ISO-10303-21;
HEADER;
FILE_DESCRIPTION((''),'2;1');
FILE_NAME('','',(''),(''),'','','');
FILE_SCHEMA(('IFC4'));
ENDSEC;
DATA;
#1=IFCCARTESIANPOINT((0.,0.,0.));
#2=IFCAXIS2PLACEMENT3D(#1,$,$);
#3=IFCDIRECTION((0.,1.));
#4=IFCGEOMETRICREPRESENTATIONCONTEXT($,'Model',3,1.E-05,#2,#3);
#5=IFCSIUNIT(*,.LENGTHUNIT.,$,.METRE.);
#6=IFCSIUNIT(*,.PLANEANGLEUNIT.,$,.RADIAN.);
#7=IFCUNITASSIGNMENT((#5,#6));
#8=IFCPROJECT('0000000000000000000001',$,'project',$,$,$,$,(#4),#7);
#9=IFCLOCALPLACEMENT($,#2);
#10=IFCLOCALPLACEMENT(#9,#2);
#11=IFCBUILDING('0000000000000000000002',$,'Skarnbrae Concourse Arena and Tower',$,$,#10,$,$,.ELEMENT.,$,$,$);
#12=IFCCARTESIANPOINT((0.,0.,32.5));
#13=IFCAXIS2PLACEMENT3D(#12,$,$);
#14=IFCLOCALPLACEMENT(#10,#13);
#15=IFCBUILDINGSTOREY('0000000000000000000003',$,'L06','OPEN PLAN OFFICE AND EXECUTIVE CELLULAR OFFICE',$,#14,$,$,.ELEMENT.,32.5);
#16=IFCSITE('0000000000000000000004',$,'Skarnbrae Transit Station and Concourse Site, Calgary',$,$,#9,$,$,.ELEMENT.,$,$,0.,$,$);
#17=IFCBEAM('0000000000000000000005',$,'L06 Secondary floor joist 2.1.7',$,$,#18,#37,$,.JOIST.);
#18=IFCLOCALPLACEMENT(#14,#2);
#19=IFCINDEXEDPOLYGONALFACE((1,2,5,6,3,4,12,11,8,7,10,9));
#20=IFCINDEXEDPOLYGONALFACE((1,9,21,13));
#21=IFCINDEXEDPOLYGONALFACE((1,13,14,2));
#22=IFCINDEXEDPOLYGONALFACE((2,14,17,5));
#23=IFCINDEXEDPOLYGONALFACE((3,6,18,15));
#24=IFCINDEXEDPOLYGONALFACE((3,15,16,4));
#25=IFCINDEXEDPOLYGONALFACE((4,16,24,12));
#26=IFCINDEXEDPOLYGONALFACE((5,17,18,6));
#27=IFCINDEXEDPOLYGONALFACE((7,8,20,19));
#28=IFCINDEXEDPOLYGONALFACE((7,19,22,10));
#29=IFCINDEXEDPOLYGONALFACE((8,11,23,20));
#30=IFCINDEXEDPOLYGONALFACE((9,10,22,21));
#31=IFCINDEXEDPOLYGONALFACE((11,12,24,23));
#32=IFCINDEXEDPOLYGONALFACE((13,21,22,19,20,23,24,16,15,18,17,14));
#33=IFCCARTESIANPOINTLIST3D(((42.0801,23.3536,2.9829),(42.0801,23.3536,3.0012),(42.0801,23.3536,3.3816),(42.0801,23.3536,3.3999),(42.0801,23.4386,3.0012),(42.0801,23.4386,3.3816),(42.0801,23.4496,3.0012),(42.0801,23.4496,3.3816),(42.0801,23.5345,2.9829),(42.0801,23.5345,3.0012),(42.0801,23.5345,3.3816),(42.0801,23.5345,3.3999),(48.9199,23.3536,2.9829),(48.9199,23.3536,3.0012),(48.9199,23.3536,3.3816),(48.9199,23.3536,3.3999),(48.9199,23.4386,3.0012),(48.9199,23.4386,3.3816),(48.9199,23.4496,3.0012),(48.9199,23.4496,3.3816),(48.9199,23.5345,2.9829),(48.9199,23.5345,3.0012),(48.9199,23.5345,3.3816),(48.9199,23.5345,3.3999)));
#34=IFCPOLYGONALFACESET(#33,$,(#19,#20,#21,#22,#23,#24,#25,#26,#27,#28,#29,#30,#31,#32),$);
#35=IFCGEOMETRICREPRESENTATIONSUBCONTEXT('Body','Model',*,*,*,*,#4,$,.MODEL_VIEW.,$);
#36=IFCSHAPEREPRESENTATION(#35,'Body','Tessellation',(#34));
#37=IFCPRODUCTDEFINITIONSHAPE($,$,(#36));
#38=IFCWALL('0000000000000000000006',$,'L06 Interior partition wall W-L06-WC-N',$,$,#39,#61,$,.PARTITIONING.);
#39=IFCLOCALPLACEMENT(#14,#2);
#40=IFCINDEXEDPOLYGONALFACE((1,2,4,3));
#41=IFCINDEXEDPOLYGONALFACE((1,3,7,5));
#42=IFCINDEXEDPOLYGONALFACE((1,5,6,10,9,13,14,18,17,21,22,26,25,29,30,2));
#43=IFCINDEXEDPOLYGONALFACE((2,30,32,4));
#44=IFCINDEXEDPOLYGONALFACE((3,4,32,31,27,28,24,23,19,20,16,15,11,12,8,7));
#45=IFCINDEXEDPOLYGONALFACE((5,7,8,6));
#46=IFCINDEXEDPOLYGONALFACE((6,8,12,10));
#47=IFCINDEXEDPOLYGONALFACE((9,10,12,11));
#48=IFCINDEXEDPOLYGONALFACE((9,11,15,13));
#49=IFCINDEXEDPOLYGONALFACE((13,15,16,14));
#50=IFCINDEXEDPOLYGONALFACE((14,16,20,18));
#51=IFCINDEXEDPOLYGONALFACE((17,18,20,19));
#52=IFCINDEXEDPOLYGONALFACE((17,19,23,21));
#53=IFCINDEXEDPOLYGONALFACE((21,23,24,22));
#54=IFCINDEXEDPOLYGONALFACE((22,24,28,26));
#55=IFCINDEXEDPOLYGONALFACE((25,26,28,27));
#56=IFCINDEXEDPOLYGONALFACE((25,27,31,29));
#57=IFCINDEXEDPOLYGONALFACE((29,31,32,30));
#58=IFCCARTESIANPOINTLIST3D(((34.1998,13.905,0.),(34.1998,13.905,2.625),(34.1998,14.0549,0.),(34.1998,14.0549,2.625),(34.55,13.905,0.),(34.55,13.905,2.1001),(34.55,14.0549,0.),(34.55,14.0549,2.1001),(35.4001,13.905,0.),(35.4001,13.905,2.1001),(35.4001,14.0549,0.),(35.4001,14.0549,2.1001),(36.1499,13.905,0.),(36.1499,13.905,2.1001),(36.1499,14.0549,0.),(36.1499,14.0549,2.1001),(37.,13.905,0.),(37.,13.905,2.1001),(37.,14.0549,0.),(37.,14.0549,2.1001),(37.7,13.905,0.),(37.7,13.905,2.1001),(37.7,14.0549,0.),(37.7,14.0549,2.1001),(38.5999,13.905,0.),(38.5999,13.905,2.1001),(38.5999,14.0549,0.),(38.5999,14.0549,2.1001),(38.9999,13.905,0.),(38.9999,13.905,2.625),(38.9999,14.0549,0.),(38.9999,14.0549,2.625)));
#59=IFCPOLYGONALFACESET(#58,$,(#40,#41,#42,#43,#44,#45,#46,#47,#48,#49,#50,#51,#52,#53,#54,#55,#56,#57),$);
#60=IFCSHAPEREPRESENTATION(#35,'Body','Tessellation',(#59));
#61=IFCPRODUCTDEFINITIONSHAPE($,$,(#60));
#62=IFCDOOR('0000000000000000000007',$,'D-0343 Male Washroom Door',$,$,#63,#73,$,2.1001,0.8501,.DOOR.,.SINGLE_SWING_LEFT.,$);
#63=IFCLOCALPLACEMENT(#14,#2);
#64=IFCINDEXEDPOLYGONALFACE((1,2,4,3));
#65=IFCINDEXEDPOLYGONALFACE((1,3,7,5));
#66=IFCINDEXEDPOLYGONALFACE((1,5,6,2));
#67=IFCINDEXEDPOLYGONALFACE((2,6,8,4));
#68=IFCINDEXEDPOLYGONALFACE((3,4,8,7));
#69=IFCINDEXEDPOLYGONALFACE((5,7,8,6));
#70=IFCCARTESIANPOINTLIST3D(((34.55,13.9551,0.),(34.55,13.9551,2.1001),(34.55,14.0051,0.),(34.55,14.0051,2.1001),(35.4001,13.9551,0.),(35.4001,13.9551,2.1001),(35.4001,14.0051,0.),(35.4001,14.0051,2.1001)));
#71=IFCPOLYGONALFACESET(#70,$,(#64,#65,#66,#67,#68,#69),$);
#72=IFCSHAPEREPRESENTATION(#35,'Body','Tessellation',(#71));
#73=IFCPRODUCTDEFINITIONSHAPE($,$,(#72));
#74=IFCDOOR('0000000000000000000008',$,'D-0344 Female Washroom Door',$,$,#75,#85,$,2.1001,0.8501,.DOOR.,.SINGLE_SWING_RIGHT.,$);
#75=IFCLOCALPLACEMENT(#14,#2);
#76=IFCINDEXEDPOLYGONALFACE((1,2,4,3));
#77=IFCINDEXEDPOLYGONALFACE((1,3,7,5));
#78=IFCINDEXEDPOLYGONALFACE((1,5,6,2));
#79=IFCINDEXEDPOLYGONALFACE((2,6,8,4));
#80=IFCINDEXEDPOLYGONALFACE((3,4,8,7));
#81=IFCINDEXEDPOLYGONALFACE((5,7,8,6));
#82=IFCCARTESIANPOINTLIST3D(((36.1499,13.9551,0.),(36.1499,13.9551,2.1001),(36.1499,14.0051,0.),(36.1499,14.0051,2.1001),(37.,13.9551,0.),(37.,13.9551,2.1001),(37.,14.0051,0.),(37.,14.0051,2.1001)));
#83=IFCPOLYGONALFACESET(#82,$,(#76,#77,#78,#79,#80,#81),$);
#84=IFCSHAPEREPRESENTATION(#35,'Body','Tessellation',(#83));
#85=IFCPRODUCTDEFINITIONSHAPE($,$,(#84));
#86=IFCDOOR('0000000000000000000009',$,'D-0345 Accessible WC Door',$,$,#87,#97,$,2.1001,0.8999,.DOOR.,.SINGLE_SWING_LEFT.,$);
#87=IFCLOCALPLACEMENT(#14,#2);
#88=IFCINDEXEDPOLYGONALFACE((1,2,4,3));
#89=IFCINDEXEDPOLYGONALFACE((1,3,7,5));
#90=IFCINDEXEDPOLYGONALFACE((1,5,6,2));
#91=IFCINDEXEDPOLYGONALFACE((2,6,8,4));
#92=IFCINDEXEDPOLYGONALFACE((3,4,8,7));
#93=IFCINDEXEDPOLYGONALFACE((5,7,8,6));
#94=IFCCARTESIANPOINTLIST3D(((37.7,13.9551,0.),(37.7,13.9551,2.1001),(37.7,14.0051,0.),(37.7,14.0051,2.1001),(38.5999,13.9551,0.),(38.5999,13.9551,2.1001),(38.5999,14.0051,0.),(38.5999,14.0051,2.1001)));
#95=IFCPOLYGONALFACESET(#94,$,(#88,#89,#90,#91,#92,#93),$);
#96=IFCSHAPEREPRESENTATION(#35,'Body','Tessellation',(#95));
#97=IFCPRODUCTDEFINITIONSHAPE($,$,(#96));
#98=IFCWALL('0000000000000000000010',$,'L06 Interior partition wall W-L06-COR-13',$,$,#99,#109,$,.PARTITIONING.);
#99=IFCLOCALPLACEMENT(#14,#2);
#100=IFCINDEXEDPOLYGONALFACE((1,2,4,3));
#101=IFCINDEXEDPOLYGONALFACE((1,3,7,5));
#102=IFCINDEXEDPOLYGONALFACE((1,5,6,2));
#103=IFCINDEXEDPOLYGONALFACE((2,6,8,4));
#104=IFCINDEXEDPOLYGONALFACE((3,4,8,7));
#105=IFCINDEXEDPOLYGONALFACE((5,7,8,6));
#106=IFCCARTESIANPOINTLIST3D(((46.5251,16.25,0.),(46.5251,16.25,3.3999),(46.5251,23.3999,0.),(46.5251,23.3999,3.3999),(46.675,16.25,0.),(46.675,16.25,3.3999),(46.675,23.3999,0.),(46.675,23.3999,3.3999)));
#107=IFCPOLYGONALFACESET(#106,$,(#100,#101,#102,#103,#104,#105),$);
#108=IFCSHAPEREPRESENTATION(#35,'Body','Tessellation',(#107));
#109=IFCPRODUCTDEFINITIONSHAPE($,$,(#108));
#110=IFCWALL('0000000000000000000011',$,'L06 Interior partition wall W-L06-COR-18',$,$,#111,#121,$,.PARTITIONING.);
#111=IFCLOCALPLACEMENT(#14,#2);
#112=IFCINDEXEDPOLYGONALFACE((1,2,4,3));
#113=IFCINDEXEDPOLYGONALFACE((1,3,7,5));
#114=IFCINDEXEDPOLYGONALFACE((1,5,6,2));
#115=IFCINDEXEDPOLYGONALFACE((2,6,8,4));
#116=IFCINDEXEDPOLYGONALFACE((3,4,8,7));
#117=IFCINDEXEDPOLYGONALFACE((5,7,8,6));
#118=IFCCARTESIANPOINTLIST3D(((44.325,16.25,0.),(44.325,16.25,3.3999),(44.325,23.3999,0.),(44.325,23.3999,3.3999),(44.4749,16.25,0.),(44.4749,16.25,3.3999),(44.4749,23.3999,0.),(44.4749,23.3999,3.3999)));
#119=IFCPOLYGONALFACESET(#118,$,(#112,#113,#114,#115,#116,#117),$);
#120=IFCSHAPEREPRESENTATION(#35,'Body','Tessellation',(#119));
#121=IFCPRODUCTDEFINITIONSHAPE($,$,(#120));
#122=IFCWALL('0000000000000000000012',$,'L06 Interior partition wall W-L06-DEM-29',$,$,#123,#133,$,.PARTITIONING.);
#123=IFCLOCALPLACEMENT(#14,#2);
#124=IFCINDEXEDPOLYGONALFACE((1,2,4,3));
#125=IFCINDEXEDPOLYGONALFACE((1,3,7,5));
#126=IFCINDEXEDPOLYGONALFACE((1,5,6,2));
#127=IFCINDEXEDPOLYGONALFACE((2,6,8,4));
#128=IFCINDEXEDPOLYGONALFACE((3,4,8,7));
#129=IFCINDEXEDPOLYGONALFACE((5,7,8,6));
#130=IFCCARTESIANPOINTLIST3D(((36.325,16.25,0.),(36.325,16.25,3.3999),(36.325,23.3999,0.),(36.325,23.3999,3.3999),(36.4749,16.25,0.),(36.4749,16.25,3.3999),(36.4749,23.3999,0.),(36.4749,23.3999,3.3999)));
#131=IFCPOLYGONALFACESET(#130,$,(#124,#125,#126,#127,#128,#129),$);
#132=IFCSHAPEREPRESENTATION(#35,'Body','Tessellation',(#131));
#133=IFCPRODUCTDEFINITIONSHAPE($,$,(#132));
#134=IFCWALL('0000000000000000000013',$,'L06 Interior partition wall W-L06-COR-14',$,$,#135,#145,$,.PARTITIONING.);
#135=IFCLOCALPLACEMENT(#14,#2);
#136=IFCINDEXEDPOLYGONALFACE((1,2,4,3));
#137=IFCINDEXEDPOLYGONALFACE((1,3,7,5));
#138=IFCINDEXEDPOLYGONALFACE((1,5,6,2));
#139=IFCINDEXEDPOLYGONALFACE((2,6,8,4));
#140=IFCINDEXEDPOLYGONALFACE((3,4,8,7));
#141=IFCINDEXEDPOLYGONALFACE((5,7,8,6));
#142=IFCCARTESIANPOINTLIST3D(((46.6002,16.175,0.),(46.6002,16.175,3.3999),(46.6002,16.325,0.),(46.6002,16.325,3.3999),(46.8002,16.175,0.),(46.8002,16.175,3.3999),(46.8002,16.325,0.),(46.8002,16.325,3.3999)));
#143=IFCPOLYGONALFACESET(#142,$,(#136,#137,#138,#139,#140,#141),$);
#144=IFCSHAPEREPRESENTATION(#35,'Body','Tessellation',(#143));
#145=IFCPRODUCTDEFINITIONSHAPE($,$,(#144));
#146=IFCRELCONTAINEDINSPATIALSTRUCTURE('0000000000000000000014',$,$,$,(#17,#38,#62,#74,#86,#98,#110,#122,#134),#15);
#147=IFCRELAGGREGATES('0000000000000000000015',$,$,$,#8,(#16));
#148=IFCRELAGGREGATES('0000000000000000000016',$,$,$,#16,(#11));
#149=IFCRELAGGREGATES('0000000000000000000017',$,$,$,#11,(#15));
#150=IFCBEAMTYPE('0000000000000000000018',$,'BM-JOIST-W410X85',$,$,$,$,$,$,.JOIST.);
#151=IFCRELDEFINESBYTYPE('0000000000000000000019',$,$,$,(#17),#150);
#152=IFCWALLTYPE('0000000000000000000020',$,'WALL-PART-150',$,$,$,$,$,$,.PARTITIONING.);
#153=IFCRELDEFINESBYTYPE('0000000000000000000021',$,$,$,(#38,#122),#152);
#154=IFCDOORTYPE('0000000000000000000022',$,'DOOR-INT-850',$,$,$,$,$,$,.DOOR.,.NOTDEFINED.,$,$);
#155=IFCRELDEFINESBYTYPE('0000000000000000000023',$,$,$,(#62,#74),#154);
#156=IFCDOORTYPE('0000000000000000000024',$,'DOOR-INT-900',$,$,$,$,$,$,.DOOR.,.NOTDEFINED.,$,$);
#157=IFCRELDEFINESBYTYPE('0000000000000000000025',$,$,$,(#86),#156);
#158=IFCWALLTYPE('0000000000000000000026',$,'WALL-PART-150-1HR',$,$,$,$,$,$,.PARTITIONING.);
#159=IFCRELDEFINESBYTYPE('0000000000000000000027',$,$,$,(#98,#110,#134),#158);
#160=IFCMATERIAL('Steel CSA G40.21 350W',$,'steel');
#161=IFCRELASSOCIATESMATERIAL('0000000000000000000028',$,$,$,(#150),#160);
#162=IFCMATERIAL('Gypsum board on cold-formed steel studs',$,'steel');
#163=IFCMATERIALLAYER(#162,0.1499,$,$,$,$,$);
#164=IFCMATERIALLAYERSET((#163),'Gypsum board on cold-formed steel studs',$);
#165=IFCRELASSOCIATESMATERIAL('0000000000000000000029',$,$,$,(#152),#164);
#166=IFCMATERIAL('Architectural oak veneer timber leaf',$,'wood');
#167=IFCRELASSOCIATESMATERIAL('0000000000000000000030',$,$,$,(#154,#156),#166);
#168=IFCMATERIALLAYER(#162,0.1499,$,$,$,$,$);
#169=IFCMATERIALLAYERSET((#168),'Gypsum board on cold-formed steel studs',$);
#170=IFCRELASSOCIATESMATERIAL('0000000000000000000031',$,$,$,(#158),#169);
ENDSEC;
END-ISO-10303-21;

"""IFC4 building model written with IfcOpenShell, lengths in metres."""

from ifc_helpers import new_model, si_unit, direction, frame, frame_2d, origin, origin_2d, place, context, subcontext, project, spatial, rectangle, i_section, extrude, source, transform, mapped, material, layer, layer_set, material_profile, profile_set, type_object, element, fill, save


model = new_model("IFC4")

# Units and contexts
model_context = context("Model", 3, precision=1e-05, world=origin(), true_north=direction((0.0, 1.0)))
body_context = subcontext(model_context, "Body", "Model", "MODEL_VIEW")
ifc_project = project(units=[si_unit("LENGTHUNIT", "METRE"), si_unit("PLANEANGLEUNIT", "RADIAN")], contexts=[model_context])

# Site, building, storey
site_placement = place(None, origin())
site = spatial("IfcSite", under=ifc_project, at=site_placement, Name="Skarnbrae Transit Station and Concourse Site, Calgary", CompositionType="ELEMENT", RefElevation=0.0)
building_placement = place(site_placement, origin())
building = spatial("IfcBuilding", under=site, at=building_placement, Name="Skarnbrae Concourse Arena and Tower", CompositionType="ELEMENT")
storey_placement = place(building_placement, frame((0.0, 0.0, 32.5)))
storey = spatial("IfcBuildingStorey", under=building, at=storey_placement, Name="L06", Description="OPEN PLAN OFFICE AND EXECUTIVE CELLULAR OFFICE", CompositionType="ELEMENT", Elevation=32.5)

# Shared definitions
ifc_material_1 = material(Name="Steel CSA G40.21 350W", Category="steel")

# Beam
ifc_material_profile_1 = material_profile(ifc_material_1, i_section(OverallWidth=0.1809, OverallDepth=0.417, WebThickness=0.011, FlangeThickness=0.0183, at=origin_2d()), Name="W410X85")
ifc_profile_set_1 = profile_set([ifc_material_profile_1], Name="Steel CSA G40.21 350W")
beam_type_1 = type_object("IfcBeamType", Name="BM-JOIST-W410X85", PredefinedType="JOIST", material=ifc_profile_set_1)
shared_shape_1 = source(origin(), body_context, "Body", "SweptSolid", [
    extrude(i_section(OverallWidth=0.1809, OverallDepth=0.417, WebThickness=0.011, FlangeThickness=0.0183, at=origin_2d()), origin(), (0.0, 0.0, 1.0), 6.8398),
])
for number, where, z_axis, x_axis, name in (
    (1, (42.0801, 23.4441, 3.1914), (1.0, 0.0, 0.0), (0.0, 1.0, 0.0), "L06 Secondary floor joist 2.1.7"),
):
    element("IfcBeam", number, at=place(storey_placement, frame(where, z_axis=z_axis, x_axis=x_axis)), inside=storey, type_object=beam_type_1, Name=name, PredefinedType="JOIST", context=body_context, shape_type="MappedRepresentation", body=[
        mapped(shared_shape_1, transform((0.0, 0.0, 0.0))),
    ])

# Wall, openings, doors
ifc_material_2 = material(Name="Gypsum board on cold-formed steel studs", Category="steel")
ifc_layer_1 = layer(ifc_material_2, 0.1499)
ifc_layer_set_1 = layer_set([ifc_layer_1], Name="Gypsum board on cold-formed steel studs")
wall_type_1 = type_object("IfcWallType", Name="WALL-PART-150", PredefinedType="PARTITIONING", material=ifc_layer_set_1)
shared_shape_2 = source(origin(), body_context, "Body", "SweptSolid", [
    extrude(rectangle(XDim=4.8, YDim=0.1499, at=frame_2d((2.3999, 0.0))), origin(), (0.0, 0.0, 1.0), 2.625),
])
wall_1_placement = place(storey_placement, frame((34.2, 13.98, 0.0), z_axis=(0.0, 0.0, 1.0), x_axis=(1.0, 0.0, 0.0)))
wall_1 = element("IfcWall", 2, at=wall_1_placement, inside=storey, type_object=wall_type_1, Name="L06 Interior partition wall W-L06-WC-N", PredefinedType="PARTITIONING", context=body_context, shape_type="MappedRepresentation", body=[
    mapped(shared_shape_2, transform((0.0, 0.0, 0.0))),
])
opening_1_placement = place(wall_1_placement, frame((0.3501, 0.0, 0.0)))
opening_1 = element("IfcOpeningElement", 3, at=opening_1_placement, cuts=wall_1, PredefinedType="OPENING", context=body_context, shape_type="SweptSolid", body=[
    extrude(rectangle(XDim=0.8501, YDim=2.1001, at=frame_2d((0.425, 1.05))), frame((0.0, 0.085, 0.0), z_axis=(0.0, -1.0, 0.0), x_axis=(1.0, 0.0, 0.0)), (0.0, 0.0, 1.0), 0.1699),
])
opening_2_placement = place(wall_1_placement, frame((1.95, 0.0, 0.0)))
opening_2 = element("IfcOpeningElement", 4, at=opening_2_placement, cuts=wall_1, PredefinedType="OPENING", context=body_context, shape_type="SweptSolid", body=[
    extrude(rectangle(XDim=0.8501, YDim=2.1001, at=frame_2d((0.425, 1.05))), frame((0.0, 0.085, 0.0), z_axis=(0.0, -1.0, 0.0), x_axis=(1.0, 0.0, 0.0)), (0.0, 0.0, 1.0), 0.1699),
])
opening_3_placement = place(wall_1_placement, frame((3.5, 0.0, 0.0)))
opening_3 = element("IfcOpeningElement", 5, at=opening_3_placement, cuts=wall_1, PredefinedType="OPENING", context=body_context, shape_type="SweptSolid", body=[
    extrude(rectangle(XDim=0.8999, YDim=2.1001, at=frame_2d((0.45, 1.05))), frame((0.0, 0.085, 0.0), z_axis=(0.0, -1.0, 0.0), x_axis=(1.0, 0.0, 0.0)), (0.0, 0.0, 1.0), 0.1699),
])
ifc_material_3 = material(Name="Architectural oak veneer timber leaf", Category="wood")
door_type_1 = type_object("IfcDoorType", Name="DOOR-INT-850", OperationType="NOTDEFINED", PredefinedType="DOOR", material=ifc_material_3)
shared_shape_3 = source(origin(), body_context, "Body", "SweptSolid", [
    extrude(rectangle(XDim=0.8501, YDim=2.1001, at=frame_2d((0.425, 1.05))), frame((0.0, 0.0249, 0.0), z_axis=(0.0, -1.0, 0.0), x_axis=(1.0, 0.0, 0.0)), (0.0, 0.0, 1.0), 0.05),
])
door_1_placement = place(opening_1_placement, frame((0.8501, 0.0, 0.0), z_axis=(0.0, 0.0, 1.0), x_axis=(-1.0, 0.0, 0.0)))
door_1 = element("IfcDoor", 6, at=door_1_placement, inside=storey, type_object=door_type_1, Name="D-0343 Male Washroom Door", OperationType="SINGLE_SWING_LEFT", OverallHeight=2.1001, OverallWidth=0.8501, PredefinedType="DOOR", context=body_context, shape_type="MappedRepresentation", body=[
    mapped(shared_shape_3, transform((0.0, 0.0, 0.0))),
])
fill(opening_1, door_1)
door_2_placement = place(opening_2_placement, frame((0.8501, 0.0, 0.0), z_axis=(0.0, 0.0, 1.0), x_axis=(-1.0, 0.0, 0.0)))
door_2 = element("IfcDoor", 7, at=door_2_placement, inside=storey, type_object=door_type_1, Name="D-0344 Female Washroom Door", OperationType="SINGLE_SWING_RIGHT", OverallHeight=2.1001, OverallWidth=0.8501, PredefinedType="DOOR", context=body_context, shape_type="MappedRepresentation", body=[
    mapped(shared_shape_3, transform((0.0, 0.0, 0.0))),
])
fill(opening_2, door_2)
door_type_2 = type_object("IfcDoorType", Name="DOOR-INT-900", OperationType="NOTDEFINED", PredefinedType="DOOR", material=ifc_material_3)
shared_shape_4 = source(origin(), body_context, "Body", "SweptSolid", [
    extrude(rectangle(XDim=0.8999, YDim=2.1001, at=frame_2d((0.45, 1.05))), frame((0.0, 0.0249, 0.0), z_axis=(0.0, -1.0, 0.0), x_axis=(1.0, 0.0, 0.0)), (0.0, 0.0, 1.0), 0.05),
])
door_3_placement = place(opening_3_placement, frame((0.8999, 0.0, 0.0), z_axis=(0.0, 0.0, 1.0), x_axis=(-1.0, 0.0, 0.0)))
door_3 = element("IfcDoor", 8, at=door_3_placement, inside=storey, type_object=door_type_2, Name="D-0345 Accessible WC Door", OperationType="SINGLE_SWING_LEFT", OverallHeight=2.1001, OverallWidth=0.8999, PredefinedType="DOOR", context=body_context, shape_type="MappedRepresentation", body=[
    mapped(shared_shape_4, transform((0.0, 0.0, 0.0))),
])
fill(opening_3, door_3)

# Walls
ifc_layer_2 = layer(ifc_material_2, 0.1499)
ifc_layer_set_2 = layer_set([ifc_layer_2], Name="Gypsum board on cold-formed steel studs")
wall_type_2 = type_object("IfcWallType", Name="WALL-PART-150-1HR", PredefinedType="PARTITIONING", material=ifc_layer_set_2)
shared_shape_5 = source(origin(), body_context, "Body", "SweptSolid", [
    extrude(rectangle(XDim=7.1499, YDim=0.1499, at=frame_2d((3.575, 0.0))), origin(), (0.0, 0.0, 1.0), 3.3999),
])
for number, where, z_axis, x_axis, name in (
    (9, (46.6001, 23.3999, 0.0), (0.0, 0.0, 1.0), (0.0, -1.0, 0.0), "L06 Interior partition wall W-L06-COR-13"),
    (10, (44.3999, 16.25, 0.0), (0.0, 0.0, 1.0), (0.0, 1.0, 0.0), "L06 Interior partition wall W-L06-COR-18"),
):
    element("IfcWall", number, at=place(storey_placement, frame(where, z_axis=z_axis, x_axis=x_axis)), inside=storey, type_object=wall_type_2, Name=name, PredefinedType="PARTITIONING", context=body_context, shape_type="MappedRepresentation", body=[
        mapped(shared_shape_5, transform((0.0, 0.0, 0.0))),
    ])
wall_2_placement = place(storey_placement, frame((36.3999, 23.3999, 0.0), z_axis=(0.0, 0.0, 1.0), x_axis=(0.0, -1.0, 0.0)))
element("IfcWall", 11, at=wall_2_placement, inside=storey, type_object=wall_type_1, Name="L06 Interior partition wall W-L06-DEM-29", PredefinedType="PARTITIONING", context=body_context, shape_type="MappedRepresentation", body=[
    mapped(shared_shape_5, transform((0.0, 0.0, 0.0))),
])
shared_shape_6 = source(origin(), body_context, "Body", "SweptSolid", [
    extrude(rectangle(XDim=0.2, YDim=0.1499, at=frame_2d((0.1001, 0.0))), origin(), (0.0, 0.0, 1.0), 3.3999),
])
wall_3_placement = place(storey_placement, frame((46.6001, 16.25, 0.0), z_axis=(0.0, 0.0, 1.0), x_axis=(1.0, 0.0, 0.0)))
element("IfcWall", 12, at=wall_3_placement, inside=storey, type_object=wall_type_2, Name="L06 Interior partition wall W-L06-COR-14", PredefinedType="PARTITIONING", context=body_context, shape_type="MappedRepresentation", body=[
    mapped(shared_shape_6, transform((0.0, 0.0, 0.0))),
])

save(model, "model.ifc")
